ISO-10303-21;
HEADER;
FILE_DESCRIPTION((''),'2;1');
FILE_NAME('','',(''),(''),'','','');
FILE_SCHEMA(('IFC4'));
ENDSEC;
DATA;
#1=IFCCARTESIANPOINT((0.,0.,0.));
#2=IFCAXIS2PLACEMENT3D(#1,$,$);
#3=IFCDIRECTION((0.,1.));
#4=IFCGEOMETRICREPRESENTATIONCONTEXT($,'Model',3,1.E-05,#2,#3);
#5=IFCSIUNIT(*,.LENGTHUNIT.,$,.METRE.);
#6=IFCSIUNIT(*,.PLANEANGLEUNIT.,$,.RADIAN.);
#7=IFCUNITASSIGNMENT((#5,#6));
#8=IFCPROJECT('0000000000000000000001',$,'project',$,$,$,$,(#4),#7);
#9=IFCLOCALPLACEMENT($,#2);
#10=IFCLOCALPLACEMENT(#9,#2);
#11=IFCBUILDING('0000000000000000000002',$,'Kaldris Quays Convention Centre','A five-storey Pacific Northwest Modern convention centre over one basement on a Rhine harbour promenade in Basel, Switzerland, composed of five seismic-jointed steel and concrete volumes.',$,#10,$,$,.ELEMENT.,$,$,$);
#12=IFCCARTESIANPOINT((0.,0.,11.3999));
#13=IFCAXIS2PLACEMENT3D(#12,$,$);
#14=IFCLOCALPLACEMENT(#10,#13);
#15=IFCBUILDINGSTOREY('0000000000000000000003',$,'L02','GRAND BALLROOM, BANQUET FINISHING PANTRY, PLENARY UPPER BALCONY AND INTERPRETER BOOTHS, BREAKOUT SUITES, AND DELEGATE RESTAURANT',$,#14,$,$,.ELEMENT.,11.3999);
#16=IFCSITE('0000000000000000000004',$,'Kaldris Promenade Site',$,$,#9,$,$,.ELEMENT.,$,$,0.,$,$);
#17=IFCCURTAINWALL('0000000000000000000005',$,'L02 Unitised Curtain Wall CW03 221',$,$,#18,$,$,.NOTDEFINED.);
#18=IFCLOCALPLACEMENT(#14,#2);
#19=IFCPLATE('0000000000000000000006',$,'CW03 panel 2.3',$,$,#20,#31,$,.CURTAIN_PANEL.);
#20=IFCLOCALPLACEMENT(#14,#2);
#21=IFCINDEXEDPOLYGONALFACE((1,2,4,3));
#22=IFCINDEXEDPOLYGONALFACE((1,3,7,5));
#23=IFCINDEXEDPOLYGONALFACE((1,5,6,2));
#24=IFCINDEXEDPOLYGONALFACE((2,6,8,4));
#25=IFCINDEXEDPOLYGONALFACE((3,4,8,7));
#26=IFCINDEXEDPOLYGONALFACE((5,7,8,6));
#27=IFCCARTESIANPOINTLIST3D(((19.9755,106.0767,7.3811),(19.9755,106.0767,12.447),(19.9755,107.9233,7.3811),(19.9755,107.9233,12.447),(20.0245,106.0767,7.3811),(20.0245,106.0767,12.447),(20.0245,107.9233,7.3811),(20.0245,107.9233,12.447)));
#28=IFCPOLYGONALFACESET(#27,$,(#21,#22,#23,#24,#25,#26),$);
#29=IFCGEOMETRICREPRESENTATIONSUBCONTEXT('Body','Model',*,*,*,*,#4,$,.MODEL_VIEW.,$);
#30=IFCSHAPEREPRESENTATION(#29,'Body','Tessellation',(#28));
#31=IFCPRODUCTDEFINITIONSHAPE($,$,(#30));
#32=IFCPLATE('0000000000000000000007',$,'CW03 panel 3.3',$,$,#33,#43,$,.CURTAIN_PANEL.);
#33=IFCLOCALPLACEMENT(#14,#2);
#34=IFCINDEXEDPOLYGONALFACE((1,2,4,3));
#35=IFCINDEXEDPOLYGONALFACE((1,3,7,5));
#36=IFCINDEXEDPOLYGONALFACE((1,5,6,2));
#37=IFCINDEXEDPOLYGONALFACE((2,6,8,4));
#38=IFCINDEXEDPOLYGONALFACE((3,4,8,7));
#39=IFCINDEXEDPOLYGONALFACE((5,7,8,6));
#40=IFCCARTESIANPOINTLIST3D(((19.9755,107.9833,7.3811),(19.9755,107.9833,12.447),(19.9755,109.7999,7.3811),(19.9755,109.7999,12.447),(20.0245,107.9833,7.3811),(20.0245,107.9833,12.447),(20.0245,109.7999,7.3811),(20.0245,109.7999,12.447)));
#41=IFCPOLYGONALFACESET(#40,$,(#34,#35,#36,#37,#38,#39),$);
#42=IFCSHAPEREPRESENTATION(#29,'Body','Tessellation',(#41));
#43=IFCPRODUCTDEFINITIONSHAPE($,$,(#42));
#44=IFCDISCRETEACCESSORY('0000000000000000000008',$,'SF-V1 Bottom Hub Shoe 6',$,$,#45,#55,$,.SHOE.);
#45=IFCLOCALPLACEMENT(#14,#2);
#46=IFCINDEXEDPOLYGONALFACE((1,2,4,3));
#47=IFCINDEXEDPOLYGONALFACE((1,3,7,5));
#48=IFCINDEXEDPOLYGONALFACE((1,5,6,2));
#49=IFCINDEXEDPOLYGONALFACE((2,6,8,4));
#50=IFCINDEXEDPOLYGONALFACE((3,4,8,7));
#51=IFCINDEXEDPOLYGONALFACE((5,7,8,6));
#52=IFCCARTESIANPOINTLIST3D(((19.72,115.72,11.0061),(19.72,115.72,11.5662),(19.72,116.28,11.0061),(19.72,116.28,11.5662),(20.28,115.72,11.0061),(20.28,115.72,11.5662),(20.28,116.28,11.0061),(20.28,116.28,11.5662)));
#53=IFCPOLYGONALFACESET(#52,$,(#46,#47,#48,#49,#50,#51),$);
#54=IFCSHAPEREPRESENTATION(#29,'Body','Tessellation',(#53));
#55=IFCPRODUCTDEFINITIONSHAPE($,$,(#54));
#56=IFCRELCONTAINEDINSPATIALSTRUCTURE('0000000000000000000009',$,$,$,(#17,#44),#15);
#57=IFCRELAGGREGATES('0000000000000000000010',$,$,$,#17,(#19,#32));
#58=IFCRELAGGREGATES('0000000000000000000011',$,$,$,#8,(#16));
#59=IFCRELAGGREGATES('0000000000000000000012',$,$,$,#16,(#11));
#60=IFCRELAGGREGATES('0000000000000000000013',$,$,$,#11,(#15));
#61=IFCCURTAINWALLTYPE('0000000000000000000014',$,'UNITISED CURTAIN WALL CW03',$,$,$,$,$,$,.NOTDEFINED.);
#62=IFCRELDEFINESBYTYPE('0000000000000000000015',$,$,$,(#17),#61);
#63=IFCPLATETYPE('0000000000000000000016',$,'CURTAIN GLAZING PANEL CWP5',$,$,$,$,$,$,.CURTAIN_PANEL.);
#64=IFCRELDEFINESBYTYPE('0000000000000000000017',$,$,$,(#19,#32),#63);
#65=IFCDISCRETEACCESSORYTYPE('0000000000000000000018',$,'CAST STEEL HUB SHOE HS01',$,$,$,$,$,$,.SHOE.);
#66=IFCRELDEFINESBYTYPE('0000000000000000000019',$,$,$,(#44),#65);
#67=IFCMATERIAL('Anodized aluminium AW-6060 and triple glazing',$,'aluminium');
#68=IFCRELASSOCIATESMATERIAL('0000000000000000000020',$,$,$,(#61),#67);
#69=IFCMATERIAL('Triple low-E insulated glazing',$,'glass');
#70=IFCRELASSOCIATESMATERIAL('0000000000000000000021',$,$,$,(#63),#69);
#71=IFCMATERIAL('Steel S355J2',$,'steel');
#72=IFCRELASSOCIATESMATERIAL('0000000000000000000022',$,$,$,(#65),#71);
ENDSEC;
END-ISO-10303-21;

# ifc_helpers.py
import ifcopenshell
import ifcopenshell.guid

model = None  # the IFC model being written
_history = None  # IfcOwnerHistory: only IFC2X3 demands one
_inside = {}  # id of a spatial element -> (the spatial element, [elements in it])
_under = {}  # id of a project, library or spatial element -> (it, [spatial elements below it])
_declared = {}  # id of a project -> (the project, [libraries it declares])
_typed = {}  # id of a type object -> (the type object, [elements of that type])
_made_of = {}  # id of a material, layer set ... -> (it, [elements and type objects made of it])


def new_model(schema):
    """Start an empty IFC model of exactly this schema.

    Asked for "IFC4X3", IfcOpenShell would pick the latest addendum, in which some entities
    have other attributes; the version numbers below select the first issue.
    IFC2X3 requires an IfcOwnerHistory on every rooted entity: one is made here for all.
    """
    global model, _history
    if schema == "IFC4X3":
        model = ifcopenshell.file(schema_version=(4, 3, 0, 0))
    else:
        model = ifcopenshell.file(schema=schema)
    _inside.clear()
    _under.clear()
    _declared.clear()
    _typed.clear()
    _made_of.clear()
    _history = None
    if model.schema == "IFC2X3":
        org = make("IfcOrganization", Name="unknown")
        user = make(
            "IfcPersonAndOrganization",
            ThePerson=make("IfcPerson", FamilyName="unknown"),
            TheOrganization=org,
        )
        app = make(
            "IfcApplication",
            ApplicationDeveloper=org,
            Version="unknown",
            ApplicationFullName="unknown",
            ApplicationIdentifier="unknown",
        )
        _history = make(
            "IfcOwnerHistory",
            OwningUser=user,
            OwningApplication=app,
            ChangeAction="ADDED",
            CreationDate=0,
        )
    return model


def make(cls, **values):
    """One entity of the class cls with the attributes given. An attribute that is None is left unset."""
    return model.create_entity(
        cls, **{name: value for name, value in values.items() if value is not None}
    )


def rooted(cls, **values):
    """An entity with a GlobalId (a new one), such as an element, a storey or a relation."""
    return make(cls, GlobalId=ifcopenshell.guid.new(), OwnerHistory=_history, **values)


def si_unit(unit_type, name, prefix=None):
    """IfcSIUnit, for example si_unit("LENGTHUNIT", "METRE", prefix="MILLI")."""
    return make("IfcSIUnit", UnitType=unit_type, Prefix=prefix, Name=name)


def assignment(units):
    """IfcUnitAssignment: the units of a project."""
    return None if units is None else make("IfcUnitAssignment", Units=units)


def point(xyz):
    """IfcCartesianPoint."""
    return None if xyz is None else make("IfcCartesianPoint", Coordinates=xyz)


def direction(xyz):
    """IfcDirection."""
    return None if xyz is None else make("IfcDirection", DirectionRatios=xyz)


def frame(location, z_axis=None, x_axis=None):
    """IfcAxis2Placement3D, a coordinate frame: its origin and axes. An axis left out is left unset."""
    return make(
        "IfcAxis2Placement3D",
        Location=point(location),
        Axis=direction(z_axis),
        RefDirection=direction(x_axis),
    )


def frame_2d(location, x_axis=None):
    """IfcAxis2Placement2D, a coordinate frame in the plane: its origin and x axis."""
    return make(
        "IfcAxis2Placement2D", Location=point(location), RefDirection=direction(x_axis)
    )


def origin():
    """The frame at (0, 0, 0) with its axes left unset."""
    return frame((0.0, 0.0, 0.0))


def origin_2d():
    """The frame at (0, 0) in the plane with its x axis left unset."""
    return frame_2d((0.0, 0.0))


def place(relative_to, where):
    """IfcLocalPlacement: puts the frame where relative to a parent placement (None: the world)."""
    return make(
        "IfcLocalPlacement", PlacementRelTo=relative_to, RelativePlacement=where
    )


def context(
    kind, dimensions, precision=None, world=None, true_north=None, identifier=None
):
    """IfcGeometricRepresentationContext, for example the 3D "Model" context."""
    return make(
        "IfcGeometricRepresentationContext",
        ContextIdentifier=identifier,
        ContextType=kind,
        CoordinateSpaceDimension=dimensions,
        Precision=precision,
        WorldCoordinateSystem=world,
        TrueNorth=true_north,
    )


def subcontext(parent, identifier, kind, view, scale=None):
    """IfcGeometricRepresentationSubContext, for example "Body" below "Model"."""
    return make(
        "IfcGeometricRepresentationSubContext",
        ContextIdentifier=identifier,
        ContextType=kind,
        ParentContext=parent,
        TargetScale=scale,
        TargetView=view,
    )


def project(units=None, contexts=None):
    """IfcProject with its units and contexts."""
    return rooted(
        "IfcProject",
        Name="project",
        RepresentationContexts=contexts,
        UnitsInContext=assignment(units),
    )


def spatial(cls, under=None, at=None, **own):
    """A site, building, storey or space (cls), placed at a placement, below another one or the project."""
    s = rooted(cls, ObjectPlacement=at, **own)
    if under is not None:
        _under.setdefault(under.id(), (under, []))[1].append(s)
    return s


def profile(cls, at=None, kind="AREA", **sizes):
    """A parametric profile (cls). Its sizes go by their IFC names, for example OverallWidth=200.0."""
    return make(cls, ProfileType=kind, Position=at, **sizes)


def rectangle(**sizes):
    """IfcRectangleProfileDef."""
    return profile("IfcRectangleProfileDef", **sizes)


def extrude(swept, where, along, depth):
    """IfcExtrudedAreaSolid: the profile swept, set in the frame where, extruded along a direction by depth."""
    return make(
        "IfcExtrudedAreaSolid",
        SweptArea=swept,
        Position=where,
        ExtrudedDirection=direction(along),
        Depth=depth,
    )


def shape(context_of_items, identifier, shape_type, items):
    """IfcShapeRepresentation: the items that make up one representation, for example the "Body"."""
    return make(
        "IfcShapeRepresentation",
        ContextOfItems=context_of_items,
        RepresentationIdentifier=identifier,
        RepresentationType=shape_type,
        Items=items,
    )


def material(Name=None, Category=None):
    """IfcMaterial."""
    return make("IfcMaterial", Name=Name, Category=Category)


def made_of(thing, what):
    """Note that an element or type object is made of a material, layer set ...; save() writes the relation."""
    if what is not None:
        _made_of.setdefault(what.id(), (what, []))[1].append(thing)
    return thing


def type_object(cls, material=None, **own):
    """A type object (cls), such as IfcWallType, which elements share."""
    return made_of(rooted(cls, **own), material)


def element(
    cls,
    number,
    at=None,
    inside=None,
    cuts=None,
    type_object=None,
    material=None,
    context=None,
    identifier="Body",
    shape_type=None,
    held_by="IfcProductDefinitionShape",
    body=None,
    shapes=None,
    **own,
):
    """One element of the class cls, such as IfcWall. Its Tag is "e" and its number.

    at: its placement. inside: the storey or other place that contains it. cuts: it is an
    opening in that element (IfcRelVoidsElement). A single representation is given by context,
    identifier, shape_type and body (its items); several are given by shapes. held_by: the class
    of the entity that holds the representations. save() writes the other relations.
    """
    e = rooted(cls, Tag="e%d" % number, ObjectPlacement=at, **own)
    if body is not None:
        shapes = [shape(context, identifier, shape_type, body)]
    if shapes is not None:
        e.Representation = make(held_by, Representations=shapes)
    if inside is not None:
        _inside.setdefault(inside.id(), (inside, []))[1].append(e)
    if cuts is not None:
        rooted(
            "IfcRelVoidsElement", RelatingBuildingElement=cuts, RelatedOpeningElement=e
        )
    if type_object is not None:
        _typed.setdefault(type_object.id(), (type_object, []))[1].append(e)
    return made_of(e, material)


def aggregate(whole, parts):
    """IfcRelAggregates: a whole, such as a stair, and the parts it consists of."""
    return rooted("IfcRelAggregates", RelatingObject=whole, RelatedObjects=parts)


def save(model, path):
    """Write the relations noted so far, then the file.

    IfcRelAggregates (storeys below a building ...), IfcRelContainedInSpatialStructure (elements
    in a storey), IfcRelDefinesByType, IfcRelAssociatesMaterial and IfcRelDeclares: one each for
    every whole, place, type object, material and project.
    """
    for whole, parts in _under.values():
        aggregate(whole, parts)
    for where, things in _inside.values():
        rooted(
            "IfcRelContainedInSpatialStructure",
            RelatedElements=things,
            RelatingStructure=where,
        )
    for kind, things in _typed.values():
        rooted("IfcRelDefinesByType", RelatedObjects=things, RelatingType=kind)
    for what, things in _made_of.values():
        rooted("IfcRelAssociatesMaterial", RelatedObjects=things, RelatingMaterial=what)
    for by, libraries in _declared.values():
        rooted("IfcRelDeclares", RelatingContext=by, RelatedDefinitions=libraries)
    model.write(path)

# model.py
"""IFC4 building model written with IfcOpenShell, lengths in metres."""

from ifc_helpers import new_model, si_unit, direction, frame, origin, origin_2d, place, context, subcontext, project, spatial, rectangle, extrude, material, type_object, element, aggregate, save


model = new_model("IFC4")

# Units and contexts
model_context = context("Model", 3, precision=1e-05, world=origin(), true_north=direction((0.0, 1.0)))
body_context = subcontext(model_context, "Body", "Model", "MODEL_VIEW")
ifc_project = project(units=[si_unit("LENGTHUNIT", "METRE"), si_unit("PLANEANGLEUNIT", "RADIAN")], contexts=[model_context])

# Site, building, storey
site_placement = place(None, origin())
site = spatial("IfcSite", under=ifc_project, at=site_placement, Name="Kaldris Promenade Site", CompositionType="ELEMENT", RefElevation=0.0)
building_placement = place(site_placement, origin())
building = spatial("IfcBuilding", under=site, at=building_placement, Name="Kaldris Quays Convention Centre", Description="A five-storey Pacific Northwest Modern convention centre over one basement on a Rhine harbour promenade in Basel, Switzerland, composed of five seismic-jointed steel and concrete volumes.", CompositionType="ELEMENT")
storey_placement = place(building_placement, frame((0.0, 0.0, 11.3999)))
storey = spatial("IfcBuildingStorey", under=building, at=storey_placement, Name="L02", Description="GRAND BALLROOM, BANQUET FINISHING PANTRY, PLENARY UPPER BALCONY AND INTERPRETER BOOTHS, BREAKOUT SUITES, AND DELEGATE RESTAURANT", CompositionType="ELEMENT", Elevation=11.3999)

# Curtain wall
ifc_material_1 = material(Name="Anodized aluminium AW-6060 and triple glazing", Category="aluminium")
curtain_wall_type = type_object("IfcCurtainWallType", Name="UNITISED CURTAIN WALL CW03", PredefinedType="NOTDEFINED", material=ifc_material_1)
curtain_wall_1_placement = place(storey_placement, origin())
curtain_wall_1 = element("IfcCurtainWall", 1, at=curtain_wall_1_placement, inside=storey, type_object=curtain_wall_type, Name="L02 Unitised Curtain Wall CW03 221", PredefinedType="NOTDEFINED")

# Plates
ifc_material_2 = material(Name="Triple low-E insulated glazing", Category="glass")
plate_type = type_object("IfcPlateType", Name="CURTAIN GLAZING PANEL CWP5", PredefinedType="CURTAIN_PANEL", material=ifc_material_2)
plate_1_placement = place(storey_placement, frame((20.0, 107.0, 7.3811), z_axis=(0.0, 0.0, 1.0), x_axis=(0.0, 1.0, 0.0)))
plate_1 = element("IfcPlate", 2, at=plate_1_placement, type_object=plate_type, Name="CW03 panel 2.3", PredefinedType="CURTAIN_PANEL", context=body_context, shape_type="SweptSolid", body=[
    extrude(rectangle(XDim=1.8467, YDim=0.0491, at=origin_2d()), origin(), (0.0, 0.0, 1.0), 5.0659),
])
plate_2_placement = place(storey_placement, frame((20.0, 108.8916, 7.3811), z_axis=(0.0, 0.0, 1.0), x_axis=(0.0, 1.0, 0.0)))
plate_2 = element("IfcPlate", 3, at=plate_2_placement, type_object=plate_type, Name="CW03 panel 3.3", PredefinedType="CURTAIN_PANEL", context=body_context, shape_type="SweptSolid", body=[
    extrude(rectangle(XDim=1.8167, YDim=0.0491, at=origin_2d()), origin(), (0.0, 0.0, 1.0), 5.0659),
])
aggregate(curtain_wall_1, [plate_1, plate_2])

# Discrete accessory
ifc_material_3 = material(Name="Steel S355J2", Category="steel")
discrete_accessory_type = type_object("IfcDiscreteAccessoryType", Name="CAST STEEL HUB SHOE HS01", PredefinedType="SHOE", material=ifc_material_3)
discrete_accessory_placement = place(storey_placement, frame((20.0, 116.0, 11.0061), z_axis=(0.0, 0.0, 1.0), x_axis=(1.0, 0.0, 0.0)))
element("IfcDiscreteAccessory", 4, at=discrete_accessory_placement, inside=storey, type_object=discrete_accessory_type, Name="SF-V1 Bottom Hub Shoe 6", PredefinedType="SHOE", context=body_context, shape_type="SweptSolid", body=[
    extrude(rectangle(XDim=0.5601, YDim=0.5601, at=origin_2d()), origin(), (0.0, 0.0, 1.0), 0.5601),
])

save(model, "model.ifc")
